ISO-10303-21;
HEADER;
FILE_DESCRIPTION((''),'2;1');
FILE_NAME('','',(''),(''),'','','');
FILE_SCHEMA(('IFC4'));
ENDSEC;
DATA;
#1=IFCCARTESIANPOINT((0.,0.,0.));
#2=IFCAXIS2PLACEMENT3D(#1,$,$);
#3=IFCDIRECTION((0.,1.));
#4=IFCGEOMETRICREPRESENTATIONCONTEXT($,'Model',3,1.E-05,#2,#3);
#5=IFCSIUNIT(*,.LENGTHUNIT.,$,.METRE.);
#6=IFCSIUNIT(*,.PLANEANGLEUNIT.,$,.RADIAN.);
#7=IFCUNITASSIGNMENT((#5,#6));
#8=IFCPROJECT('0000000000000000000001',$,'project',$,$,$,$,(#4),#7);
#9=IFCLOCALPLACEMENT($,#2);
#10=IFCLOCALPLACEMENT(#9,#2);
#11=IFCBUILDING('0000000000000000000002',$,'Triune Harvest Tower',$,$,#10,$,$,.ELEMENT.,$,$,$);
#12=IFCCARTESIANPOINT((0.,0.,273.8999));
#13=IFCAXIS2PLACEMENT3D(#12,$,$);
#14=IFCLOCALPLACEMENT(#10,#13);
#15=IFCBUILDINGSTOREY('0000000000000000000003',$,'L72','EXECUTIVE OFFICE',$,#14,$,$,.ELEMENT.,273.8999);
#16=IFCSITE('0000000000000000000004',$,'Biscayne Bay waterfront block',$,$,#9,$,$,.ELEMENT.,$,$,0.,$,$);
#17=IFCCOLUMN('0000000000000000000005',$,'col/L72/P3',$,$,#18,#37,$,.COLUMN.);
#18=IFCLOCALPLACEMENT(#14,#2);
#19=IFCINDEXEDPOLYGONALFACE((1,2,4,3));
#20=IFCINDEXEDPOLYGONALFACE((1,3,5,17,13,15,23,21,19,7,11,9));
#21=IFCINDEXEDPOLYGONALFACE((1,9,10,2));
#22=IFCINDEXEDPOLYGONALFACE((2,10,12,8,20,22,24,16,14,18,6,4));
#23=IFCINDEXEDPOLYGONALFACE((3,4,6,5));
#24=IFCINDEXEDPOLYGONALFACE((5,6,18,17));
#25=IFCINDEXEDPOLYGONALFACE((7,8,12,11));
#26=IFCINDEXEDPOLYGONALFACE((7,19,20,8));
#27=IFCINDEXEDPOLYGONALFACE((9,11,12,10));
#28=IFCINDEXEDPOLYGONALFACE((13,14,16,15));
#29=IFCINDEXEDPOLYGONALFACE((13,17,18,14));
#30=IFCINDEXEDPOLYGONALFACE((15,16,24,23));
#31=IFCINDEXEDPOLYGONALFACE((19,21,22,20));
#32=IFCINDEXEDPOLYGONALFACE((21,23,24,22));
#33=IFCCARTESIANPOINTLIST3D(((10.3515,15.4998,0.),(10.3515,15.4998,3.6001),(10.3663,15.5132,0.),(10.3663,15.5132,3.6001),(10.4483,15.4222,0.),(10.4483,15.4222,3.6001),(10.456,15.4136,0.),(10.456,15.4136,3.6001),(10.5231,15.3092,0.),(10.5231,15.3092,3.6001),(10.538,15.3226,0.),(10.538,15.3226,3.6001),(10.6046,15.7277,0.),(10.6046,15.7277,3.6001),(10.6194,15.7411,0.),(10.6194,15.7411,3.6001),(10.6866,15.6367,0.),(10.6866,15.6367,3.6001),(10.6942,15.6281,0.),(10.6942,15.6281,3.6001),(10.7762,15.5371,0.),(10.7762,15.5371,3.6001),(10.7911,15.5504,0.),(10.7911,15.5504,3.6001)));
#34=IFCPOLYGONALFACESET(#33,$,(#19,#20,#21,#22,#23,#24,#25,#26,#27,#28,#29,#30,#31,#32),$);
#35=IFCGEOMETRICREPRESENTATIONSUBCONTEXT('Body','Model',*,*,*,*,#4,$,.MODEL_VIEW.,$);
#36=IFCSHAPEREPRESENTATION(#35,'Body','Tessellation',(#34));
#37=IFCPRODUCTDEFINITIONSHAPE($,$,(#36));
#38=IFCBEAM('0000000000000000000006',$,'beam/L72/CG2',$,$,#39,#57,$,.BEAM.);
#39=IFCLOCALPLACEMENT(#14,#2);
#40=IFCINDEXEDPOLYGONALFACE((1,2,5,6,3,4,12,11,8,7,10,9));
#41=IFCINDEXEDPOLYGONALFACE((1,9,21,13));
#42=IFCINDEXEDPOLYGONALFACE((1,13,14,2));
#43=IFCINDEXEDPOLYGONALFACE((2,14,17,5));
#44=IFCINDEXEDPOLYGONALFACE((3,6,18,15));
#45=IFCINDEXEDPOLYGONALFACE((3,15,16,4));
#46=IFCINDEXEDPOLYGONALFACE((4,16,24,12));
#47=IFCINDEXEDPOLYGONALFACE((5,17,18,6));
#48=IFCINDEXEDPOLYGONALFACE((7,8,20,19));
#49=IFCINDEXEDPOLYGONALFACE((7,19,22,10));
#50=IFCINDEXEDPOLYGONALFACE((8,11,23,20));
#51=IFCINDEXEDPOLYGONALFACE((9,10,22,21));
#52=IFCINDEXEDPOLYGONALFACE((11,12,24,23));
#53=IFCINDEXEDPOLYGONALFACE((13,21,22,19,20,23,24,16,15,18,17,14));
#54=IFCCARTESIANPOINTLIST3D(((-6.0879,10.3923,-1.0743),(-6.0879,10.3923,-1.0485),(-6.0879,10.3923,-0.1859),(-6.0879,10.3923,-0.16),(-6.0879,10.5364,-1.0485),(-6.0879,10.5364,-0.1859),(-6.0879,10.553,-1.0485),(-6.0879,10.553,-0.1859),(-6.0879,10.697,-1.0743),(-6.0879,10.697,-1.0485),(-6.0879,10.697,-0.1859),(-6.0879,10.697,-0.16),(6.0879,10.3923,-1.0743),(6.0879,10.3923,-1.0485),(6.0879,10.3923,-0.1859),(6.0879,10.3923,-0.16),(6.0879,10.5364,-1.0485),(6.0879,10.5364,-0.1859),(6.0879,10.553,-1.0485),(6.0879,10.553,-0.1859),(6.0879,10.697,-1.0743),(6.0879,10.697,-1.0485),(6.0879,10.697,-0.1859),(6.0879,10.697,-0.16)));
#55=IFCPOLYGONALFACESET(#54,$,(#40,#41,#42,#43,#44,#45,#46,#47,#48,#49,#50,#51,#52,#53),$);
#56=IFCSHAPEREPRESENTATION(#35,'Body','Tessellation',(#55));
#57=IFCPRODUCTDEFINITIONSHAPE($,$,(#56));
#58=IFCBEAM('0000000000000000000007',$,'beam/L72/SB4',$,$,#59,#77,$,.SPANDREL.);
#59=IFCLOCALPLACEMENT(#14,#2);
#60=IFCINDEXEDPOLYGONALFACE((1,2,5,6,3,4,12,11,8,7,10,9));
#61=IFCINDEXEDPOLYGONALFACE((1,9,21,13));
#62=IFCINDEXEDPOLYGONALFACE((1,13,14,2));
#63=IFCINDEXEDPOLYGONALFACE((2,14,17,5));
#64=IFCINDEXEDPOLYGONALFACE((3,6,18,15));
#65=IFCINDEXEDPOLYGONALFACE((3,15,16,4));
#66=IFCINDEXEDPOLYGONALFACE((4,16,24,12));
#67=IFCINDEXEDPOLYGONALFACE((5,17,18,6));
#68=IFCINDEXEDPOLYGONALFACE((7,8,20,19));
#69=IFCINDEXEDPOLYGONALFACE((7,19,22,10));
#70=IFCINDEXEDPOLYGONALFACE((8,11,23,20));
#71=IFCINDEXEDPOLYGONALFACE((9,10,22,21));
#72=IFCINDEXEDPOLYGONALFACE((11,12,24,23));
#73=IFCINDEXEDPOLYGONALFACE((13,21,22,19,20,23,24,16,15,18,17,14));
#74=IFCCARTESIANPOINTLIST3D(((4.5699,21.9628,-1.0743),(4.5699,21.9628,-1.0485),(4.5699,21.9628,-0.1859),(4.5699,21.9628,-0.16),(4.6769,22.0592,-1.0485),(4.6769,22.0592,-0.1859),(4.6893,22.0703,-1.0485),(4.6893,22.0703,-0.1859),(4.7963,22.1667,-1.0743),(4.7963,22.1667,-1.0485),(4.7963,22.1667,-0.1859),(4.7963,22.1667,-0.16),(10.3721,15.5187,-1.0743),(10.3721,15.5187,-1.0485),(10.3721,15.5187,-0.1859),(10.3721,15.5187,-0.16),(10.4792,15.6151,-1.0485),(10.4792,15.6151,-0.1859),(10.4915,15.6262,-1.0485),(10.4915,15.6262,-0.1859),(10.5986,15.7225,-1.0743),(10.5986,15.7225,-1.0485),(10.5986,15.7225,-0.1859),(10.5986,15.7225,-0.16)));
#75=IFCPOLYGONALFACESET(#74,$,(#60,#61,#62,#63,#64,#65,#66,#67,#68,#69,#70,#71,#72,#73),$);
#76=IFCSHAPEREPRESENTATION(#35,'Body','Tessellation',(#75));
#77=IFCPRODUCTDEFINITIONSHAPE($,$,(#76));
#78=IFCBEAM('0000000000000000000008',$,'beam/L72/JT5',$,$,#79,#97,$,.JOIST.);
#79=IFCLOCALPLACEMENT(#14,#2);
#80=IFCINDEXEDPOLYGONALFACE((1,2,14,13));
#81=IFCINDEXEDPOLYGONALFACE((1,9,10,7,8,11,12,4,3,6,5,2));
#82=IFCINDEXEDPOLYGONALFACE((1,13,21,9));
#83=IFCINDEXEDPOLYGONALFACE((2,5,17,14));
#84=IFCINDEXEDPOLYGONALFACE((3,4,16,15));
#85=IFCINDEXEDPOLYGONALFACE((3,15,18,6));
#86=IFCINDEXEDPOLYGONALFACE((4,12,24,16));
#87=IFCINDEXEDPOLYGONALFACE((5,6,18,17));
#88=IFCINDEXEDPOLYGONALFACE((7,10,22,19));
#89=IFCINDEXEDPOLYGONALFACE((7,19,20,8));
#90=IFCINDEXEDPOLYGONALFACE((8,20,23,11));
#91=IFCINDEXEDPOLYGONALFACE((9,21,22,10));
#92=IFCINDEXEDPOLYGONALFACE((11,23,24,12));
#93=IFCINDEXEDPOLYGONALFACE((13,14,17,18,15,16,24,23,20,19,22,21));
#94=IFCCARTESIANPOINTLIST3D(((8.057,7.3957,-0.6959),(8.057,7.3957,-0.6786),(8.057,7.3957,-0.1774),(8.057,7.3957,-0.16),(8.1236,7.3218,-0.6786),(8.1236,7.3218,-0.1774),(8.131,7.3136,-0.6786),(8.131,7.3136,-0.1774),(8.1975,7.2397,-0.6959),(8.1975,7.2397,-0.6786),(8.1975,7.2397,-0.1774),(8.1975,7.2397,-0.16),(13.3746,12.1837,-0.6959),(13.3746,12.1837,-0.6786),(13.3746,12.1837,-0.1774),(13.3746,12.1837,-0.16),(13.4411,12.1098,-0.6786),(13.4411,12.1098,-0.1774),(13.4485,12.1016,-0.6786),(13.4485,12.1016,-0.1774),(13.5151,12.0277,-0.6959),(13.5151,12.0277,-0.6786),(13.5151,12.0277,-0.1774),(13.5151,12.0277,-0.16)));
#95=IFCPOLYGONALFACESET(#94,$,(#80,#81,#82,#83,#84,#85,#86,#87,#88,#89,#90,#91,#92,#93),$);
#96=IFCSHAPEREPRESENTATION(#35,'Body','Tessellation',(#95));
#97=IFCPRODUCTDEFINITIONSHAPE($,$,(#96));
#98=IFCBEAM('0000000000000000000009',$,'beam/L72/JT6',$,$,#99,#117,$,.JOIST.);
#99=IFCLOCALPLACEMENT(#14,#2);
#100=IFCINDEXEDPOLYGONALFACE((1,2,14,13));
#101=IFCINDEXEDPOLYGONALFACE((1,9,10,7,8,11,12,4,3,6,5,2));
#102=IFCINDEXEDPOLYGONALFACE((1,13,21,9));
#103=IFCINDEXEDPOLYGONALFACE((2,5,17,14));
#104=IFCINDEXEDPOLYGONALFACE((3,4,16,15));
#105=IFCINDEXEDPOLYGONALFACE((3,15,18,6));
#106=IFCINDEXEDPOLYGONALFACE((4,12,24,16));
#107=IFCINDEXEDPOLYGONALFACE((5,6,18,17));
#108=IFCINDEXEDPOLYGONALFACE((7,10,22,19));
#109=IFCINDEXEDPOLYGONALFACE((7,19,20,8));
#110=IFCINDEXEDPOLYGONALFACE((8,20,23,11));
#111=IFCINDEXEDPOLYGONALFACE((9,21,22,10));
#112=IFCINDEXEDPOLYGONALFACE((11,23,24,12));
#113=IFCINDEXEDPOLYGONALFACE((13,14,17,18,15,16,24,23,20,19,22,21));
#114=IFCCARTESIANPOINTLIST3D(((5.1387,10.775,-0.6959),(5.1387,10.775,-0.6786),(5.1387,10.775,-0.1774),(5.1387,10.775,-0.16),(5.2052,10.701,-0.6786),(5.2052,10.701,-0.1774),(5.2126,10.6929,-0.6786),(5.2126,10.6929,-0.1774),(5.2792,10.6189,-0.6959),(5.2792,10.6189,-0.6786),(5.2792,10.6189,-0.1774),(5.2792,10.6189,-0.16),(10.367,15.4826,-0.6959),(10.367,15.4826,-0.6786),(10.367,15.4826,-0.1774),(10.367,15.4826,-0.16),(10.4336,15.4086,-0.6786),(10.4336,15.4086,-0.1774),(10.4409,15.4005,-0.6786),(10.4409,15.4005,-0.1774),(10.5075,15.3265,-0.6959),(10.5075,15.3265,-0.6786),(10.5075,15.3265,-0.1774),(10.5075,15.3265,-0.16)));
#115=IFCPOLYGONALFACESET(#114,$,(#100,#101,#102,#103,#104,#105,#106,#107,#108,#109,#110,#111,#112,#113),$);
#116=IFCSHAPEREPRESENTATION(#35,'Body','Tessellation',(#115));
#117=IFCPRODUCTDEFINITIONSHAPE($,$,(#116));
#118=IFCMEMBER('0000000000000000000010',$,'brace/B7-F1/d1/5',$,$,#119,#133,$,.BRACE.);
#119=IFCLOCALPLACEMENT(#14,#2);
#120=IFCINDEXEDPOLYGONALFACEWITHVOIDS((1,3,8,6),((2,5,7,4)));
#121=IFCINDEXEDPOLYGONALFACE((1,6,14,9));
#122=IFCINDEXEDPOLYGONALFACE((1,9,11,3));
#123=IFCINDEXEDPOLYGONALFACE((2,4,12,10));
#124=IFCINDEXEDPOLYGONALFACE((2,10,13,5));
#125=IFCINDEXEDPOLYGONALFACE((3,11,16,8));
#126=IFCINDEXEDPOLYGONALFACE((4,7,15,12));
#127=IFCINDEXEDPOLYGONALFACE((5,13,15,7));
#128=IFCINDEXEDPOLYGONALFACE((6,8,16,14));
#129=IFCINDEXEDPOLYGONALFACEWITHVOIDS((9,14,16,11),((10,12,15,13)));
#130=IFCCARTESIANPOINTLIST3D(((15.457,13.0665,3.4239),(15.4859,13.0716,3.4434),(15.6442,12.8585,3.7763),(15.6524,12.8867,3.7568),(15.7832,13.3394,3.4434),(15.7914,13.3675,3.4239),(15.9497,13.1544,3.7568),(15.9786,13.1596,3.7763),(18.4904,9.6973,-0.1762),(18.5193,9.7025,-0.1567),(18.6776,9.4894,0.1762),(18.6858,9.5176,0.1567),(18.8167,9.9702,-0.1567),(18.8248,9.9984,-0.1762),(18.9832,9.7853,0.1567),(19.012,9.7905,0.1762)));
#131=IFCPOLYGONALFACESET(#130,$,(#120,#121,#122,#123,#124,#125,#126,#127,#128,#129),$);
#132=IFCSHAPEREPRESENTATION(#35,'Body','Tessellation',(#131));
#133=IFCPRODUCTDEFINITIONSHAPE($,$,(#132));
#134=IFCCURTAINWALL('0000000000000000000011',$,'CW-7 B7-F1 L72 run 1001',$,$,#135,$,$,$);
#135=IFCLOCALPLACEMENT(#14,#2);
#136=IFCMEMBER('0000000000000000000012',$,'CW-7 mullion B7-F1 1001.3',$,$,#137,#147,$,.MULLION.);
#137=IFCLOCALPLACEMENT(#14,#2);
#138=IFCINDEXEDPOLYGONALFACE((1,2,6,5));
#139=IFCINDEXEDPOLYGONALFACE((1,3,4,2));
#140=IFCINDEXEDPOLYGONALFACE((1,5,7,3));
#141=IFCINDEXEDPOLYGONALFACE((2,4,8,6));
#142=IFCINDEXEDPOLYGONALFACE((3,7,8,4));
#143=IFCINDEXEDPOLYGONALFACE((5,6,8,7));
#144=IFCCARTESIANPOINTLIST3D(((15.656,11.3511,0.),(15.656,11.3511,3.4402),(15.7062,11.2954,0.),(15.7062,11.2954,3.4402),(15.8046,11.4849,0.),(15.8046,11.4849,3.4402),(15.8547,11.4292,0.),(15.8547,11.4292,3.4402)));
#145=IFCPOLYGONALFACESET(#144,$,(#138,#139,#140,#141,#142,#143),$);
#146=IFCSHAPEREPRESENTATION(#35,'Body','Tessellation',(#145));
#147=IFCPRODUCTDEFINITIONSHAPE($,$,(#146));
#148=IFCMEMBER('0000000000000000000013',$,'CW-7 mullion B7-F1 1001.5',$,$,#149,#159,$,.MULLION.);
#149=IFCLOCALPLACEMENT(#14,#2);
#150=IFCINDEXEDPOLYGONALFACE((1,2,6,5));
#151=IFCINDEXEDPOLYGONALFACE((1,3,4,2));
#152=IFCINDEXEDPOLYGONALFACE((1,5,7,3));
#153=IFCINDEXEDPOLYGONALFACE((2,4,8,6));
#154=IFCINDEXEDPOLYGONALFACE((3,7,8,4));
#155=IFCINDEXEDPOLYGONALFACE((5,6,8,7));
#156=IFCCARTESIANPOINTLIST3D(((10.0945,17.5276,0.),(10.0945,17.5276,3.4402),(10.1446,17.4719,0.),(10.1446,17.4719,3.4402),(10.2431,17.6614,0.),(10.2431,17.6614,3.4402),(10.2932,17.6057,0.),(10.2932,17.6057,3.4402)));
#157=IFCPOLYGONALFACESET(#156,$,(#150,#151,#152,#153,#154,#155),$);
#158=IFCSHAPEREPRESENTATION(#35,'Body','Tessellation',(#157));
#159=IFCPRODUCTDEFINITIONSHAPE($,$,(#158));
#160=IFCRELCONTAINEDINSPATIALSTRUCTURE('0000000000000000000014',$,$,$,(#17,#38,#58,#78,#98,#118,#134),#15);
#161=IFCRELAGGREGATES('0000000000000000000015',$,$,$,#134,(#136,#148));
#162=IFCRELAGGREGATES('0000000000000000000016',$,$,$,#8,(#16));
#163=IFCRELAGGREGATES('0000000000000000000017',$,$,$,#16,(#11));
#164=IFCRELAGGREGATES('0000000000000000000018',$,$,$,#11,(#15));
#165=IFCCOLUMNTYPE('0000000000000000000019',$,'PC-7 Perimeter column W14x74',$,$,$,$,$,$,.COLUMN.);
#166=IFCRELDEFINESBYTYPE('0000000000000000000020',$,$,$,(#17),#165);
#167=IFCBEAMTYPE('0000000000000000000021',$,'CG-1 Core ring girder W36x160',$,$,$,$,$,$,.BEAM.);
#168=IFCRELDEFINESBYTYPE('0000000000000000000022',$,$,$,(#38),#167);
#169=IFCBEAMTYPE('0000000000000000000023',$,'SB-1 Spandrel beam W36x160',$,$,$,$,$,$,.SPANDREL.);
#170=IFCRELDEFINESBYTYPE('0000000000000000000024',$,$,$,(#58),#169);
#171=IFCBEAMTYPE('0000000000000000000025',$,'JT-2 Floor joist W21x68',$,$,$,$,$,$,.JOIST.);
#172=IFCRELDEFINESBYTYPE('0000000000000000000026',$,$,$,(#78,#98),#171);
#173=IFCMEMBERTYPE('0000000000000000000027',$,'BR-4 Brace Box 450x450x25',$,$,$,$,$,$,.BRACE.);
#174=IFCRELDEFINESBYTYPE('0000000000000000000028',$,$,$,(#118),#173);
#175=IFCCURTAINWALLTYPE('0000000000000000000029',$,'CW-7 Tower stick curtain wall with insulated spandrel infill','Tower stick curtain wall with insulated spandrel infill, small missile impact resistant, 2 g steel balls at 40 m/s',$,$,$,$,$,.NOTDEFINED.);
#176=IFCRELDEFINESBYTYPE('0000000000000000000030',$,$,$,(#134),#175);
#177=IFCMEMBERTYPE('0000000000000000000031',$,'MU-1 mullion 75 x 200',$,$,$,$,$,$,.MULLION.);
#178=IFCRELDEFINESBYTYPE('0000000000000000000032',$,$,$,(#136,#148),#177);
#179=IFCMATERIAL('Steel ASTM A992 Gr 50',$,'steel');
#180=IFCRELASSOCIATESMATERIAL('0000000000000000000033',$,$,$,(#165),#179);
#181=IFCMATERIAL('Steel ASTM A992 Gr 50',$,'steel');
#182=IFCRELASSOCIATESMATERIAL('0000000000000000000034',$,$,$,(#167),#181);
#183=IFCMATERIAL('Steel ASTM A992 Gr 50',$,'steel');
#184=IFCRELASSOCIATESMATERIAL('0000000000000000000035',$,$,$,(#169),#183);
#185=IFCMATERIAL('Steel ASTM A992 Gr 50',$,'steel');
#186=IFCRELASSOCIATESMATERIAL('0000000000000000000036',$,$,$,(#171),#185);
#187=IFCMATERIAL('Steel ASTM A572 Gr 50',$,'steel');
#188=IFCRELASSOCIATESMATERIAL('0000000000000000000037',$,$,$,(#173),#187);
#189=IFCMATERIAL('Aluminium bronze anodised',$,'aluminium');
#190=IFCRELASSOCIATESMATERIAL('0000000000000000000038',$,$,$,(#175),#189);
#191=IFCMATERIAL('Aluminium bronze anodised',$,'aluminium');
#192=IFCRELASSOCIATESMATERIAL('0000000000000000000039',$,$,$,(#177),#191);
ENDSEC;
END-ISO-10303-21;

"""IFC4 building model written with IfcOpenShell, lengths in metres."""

from ifc_helpers import new_model, si_unit, direction, frame, origin, origin_2d, place, context, subcontext, project, spatial, rectangle, hollow_rectangle, i_section, extrude, source, transform, mapped, material, material_profile, profile_set, type_object, element, aggregate, save


model = new_model("IFC4")

# Units and contexts
model_context = context("Model", 3, precision=1e-05, world=origin(), true_north=direction((0.0, 1.0)))
body_context = subcontext(model_context, "Body", "Model", "MODEL_VIEW")
ifc_project = project(units=[si_unit("LENGTHUNIT", "METRE"), si_unit("PLANEANGLEUNIT", "RADIAN")], contexts=[model_context])

# Site, building, storey
site_placement = place(None, origin())
site = spatial("IfcSite", under=ifc_project, at=site_placement, Name="Biscayne Bay waterfront block", CompositionType="ELEMENT", RefElevation=0.0)
building_placement = place(site_placement, origin())
building = spatial("IfcBuilding", under=site, at=building_placement, Name="Triune Harvest Tower", CompositionType="ELEMENT")
storey_placement = place(building_placement, frame((0.0, 0.0, 273.8999)))
storey = spatial("IfcBuildingStorey", under=building, at=storey_placement, Name="L72", Description="EXECUTIVE OFFICE", CompositionType="ELEMENT", Elevation=273.8999)

# Column
ifc_material_1 = material(Name="Steel ASTM A992 Gr 50", Category="steel")
ifc_material_profile_1 = material_profile(ifc_material_1, i_section(OverallWidth=0.2566, OverallDepth=0.3606, WebThickness=0.0115, FlangeThickness=0.02, at=origin_2d()), Name="W14x74")
ifc_profile_set_1 = profile_set([ifc_material_profile_1], Name="Steel ASTM A992 Gr 50")
column_type = type_object("IfcColumnType", Name="PC-7 Perimeter column W14x74", PredefinedType="COLUMN", material=ifc_profile_set_1)
shared_shape_1 = source(origin(), body_context, "Body", "SweptSolid", [
    extrude(i_section(OverallWidth=0.2566, OverallDepth=0.3606, WebThickness=0.0115, FlangeThickness=0.02, at=origin_2d()), origin(), (0.0, 0.0, 1.0), 3.6001),
])
column_placement = place(storey_placement, frame((10.5713, 15.5251, 0.0), z_axis=(0.0, 0.0, 1.0), x_axis=(-0.669131, 0.743145, 0.0)))
element("IfcColumn", 1, at=column_placement, inside=storey, type_object=column_type, Name="col/L72/P3", PredefinedType="COLUMN", context=body_context, shape_type="MappedRepresentation", body=[
    mapped(shared_shape_1, transform((0.0, 0.0, 0.0), scale=1.0)),
])

# Beams
ifc_material_2 = material(Name="Steel ASTM A992 Gr 50", Category="steel")
ifc_material_profile_2 = material_profile(ifc_material_2, i_section(OverallWidth=0.3047, OverallDepth=0.9143, WebThickness=0.0166, FlangeThickness=0.0259, at=origin_2d()), Name="W36x160")
ifc_profile_set_2 = profile_set([ifc_material_profile_2], Name="Steel ASTM A992 Gr 50")
beam_type_1 = type_object("IfcBeamType", Name="CG-1 Core ring girder W36x160", PredefinedType="BEAM", material=ifc_profile_set_2)
shared_shape_2 = source(origin(), body_context, "Body", "SweptSolid", [
    extrude(i_section(OverallWidth=0.3047, OverallDepth=0.9143, WebThickness=0.0166, FlangeThickness=0.0259, at=origin_2d()), origin(), (0.0, 0.0, 1.0), 12.1758),
])
beam_1_placement = place(storey_placement, frame((6.0879, 10.5447, -0.6172), z_axis=(-1.0, 0.0, 0.0), x_axis=(0.0, -1.0, 0.0)))
element("IfcBeam", 2, at=beam_1_placement, inside=storey, type_object=beam_type_1, Name="beam/L72/CG2", PredefinedType="BEAM", context=body_context, shape_type="MappedRepresentation", body=[
    mapped(shared_shape_2, transform((0.0, 0.0, 0.0), scale=1.0)),
])
ifc_material_3 = material(Name="Steel ASTM A992 Gr 50", Category="steel")
ifc_material_profile_3 = material_profile(ifc_material_3, i_section(OverallWidth=0.3047, OverallDepth=0.9143, WebThickness=0.0166, FlangeThickness=0.0259, at=origin_2d()), Name="W36x160")
ifc_profile_set_3 = profile_set([ifc_material_profile_3], Name="Steel ASTM A992 Gr 50")
beam_type_2 = type_object("IfcBeamType", Name="SB-1 Spandrel beam W36x160", PredefinedType="SPANDREL", material=ifc_profile_set_3)
shared_shape_3 = source(origin(), body_context, "Body", "SweptSolid", [
    extrude(i_section(OverallWidth=0.3047, OverallDepth=0.9143, WebThickness=0.0166, FlangeThickness=0.0259, at=origin_2d()), origin(), (0.0, 0.0, 1.0), 8.6714),
])
beam_2_placement = place(storey_placement, frame((10.4854, 15.6206, -0.6172), z_axis=(-0.669128, 0.743147, 0.0), x_axis=(-0.743147, -0.669128, 0.0)))
element("IfcBeam", 3, at=beam_2_placement, inside=storey, type_object=beam_type_2, Name="beam/L72/SB4", PredefinedType="SPANDREL", context=body_context, shape_type="MappedRepresentation", body=[
    mapped(shared_shape_3, transform((0.0, 0.0, 0.0), scale=1.0)),
])
ifc_material_4 = material(Name="Steel ASTM A992 Gr 50", Category="steel")
ifc_material_profile_4 = material_profile(ifc_material_4, i_section(OverallWidth=0.21, OverallDepth=0.5359, WebThickness=0.011, FlangeThickness=0.0173, at=origin_2d()), Name="W21x68")
ifc_profile_set_4 = profile_set([ifc_material_profile_4], Name="Steel ASTM A992 Gr 50")
beam_type_3 = type_object("IfcBeamType", Name="JT-2 Floor joist W21x68", PredefinedType="JOIST", material=ifc_profile_set_4)
shared_shape_4 = source(origin(), body_context, "Body", "SweptSolid", [
    extrude(i_section(OverallWidth=0.21, OverallDepth=0.5359, WebThickness=0.011, FlangeThickness=0.0173, at=origin_2d()), origin(), (0.0, 0.0, 1.0), 7.1555),
])
beam_3_placement = place(storey_placement, frame((13.4448, 12.1057, -0.428), z_axis=(-0.74314, -0.669136, 0.0), x_axis=(0.669136, -0.74314, 0.0)))
element("IfcBeam", 4, at=beam_3_placement, inside=storey, type_object=beam_type_3, Name="beam/L72/JT5", PredefinedType="JOIST", context=body_context, shape_type="MappedRepresentation", body=[
    mapped(shared_shape_4, transform((0.0, 0.0, 0.0), scale=1.0)),
])
shared_shape_5 = source(origin(), body_context, "Body", "SweptSolid", [
    extrude(i_section(OverallWidth=0.21, OverallDepth=0.5359, WebThickness=0.011, FlangeThickness=0.0173, at=origin_2d()), origin(), (0.0, 0.0, 1.0), 7.0354),
])
beam_4_placement = place(storey_placement, frame((10.4373, 15.4045, -0.428), z_axis=(-0.743147, -0.669128, 0.0), x_axis=(0.669128, -0.743147, 0.0)))
element("IfcBeam", 5, at=beam_4_placement, inside=storey, type_object=beam_type_3, Name="beam/L72/JT6", PredefinedType="JOIST", context=body_context, shape_type="MappedRepresentation", body=[
    mapped(shared_shape_5, transform((0.0, 0.0, 0.0), scale=1.0)),
])

# Member
ifc_material_5 = material(Name="Steel ASTM A572 Gr 50", Category="steel")
ifc_material_profile_5 = material_profile(ifc_material_5, hollow_rectangle(XDim=0.45, YDim=0.45, WallThickness=0.0249, at=origin_2d()), Name="Box 450x450x25")
ifc_profile_set_5 = profile_set([ifc_material_profile_5], Name="Steel ASTM A572 Gr 50")
member_type_1 = type_object("IfcMemberType", Name="BR-4 Brace Box 450x450x25", PredefinedType="BRACE", material=ifc_profile_set_5)
shared_shape_6 = source(origin(), body_context, "Body", "SweptSolid", [
    extrude(hollow_rectangle(XDim=0.45, YDim=0.45, WallThickness=0.0249, at=origin_2d()), origin(), (0.0, 0.0, 1.0), 5.7891),
])
member_1_placement = place(storey_placement, frame((18.7512, 9.7439, 0.0), z_axis=(-0.523993, 0.581981, 0.621876), x_axis=(-0.74316, -0.669113, 0.0)))
element("IfcMember", 6, at=member_1_placement, inside=storey, type_object=member_type_1, Name="brace/B7-F1/d1/5", PredefinedType="BRACE", context=body_context, shape_type="MappedRepresentation", body=[
    mapped(shared_shape_6, transform((0.0, 0.0, 0.0), scale=1.0)),
])

# Curtain wall, members
ifc_material_6 = material(Name="Aluminium bronze anodised", Category="aluminium")
curtain_wall_type = type_object("IfcCurtainWallType", Name="CW-7 Tower stick curtain wall with insulated spandrel infill", Description="Tower stick curtain wall with insulated spandrel infill, small missile impact resistant, 2 g steel balls at 40 m/s", PredefinedType="NOTDEFINED", material=ifc_material_6)
curtain_wall_placement = place(storey_placement, origin())
curtain_wall = element("IfcCurtainWall", 7, at=curtain_wall_placement, inside=storey, type_object=curtain_wall_type, Name="CW-7 B7-F1 L72 run 1001")
ifc_material_7 = material(Name="Aluminium bronze anodised", Category="aluminium")
ifc_material_profile_6 = material_profile(ifc_material_7, rectangle(XDim=0.2, YDim=0.075, at=origin_2d()), Name="MU-1 mullion 75 x 200")
ifc_profile_set_6 = profile_set([ifc_material_profile_6], Name="Aluminium bronze anodised")
member_type_2 = type_object("IfcMemberType", Name="MU-1 mullion 75 x 200", PredefinedType="MULLION", material=ifc_profile_set_6)
shared_shape_7 = source(origin(), body_context, "Body", "SweptSolid", [
    extrude(rectangle(XDim=0.2, YDim=0.075, at=origin_2d()), origin(), (0.0, 0.0, 1.0), 3.4402),
])
member_2_placement = place(storey_placement, frame((15.7554, 11.3901, 0.0), z_axis=(0.0, 0.0, 1.0), x_axis=(-0.743144, -0.669131, 0.0)))
member_2 = element("IfcMember", 8, at=member_2_placement, type_object=member_type_2, Name="CW-7 mullion B7-F1 1001.3", PredefinedType="MULLION", context=body_context, shape_type="MappedRepresentation", body=[
    mapped(shared_shape_7, transform((0.0, 0.0, 0.0), scale=1.0)),
])
member_3_placement = place(storey_placement, frame((10.1938, 17.5667, 0.0), z_axis=(0.0, 0.0, 1.0), x_axis=(-0.743144, -0.669131, 0.0)))
member_3 = element("IfcMember", 9, at=member_3_placement, type_object=member_type_2, Name="CW-7 mullion B7-F1 1001.5", PredefinedType="MULLION", context=body_context, shape_type="MappedRepresentation", body=[
    mapped(shared_shape_7, transform((0.0, 0.0, 0.0), scale=1.0)),
])
aggregate(curtain_wall, [member_2, member_3])

save(model, "model.ifc")
